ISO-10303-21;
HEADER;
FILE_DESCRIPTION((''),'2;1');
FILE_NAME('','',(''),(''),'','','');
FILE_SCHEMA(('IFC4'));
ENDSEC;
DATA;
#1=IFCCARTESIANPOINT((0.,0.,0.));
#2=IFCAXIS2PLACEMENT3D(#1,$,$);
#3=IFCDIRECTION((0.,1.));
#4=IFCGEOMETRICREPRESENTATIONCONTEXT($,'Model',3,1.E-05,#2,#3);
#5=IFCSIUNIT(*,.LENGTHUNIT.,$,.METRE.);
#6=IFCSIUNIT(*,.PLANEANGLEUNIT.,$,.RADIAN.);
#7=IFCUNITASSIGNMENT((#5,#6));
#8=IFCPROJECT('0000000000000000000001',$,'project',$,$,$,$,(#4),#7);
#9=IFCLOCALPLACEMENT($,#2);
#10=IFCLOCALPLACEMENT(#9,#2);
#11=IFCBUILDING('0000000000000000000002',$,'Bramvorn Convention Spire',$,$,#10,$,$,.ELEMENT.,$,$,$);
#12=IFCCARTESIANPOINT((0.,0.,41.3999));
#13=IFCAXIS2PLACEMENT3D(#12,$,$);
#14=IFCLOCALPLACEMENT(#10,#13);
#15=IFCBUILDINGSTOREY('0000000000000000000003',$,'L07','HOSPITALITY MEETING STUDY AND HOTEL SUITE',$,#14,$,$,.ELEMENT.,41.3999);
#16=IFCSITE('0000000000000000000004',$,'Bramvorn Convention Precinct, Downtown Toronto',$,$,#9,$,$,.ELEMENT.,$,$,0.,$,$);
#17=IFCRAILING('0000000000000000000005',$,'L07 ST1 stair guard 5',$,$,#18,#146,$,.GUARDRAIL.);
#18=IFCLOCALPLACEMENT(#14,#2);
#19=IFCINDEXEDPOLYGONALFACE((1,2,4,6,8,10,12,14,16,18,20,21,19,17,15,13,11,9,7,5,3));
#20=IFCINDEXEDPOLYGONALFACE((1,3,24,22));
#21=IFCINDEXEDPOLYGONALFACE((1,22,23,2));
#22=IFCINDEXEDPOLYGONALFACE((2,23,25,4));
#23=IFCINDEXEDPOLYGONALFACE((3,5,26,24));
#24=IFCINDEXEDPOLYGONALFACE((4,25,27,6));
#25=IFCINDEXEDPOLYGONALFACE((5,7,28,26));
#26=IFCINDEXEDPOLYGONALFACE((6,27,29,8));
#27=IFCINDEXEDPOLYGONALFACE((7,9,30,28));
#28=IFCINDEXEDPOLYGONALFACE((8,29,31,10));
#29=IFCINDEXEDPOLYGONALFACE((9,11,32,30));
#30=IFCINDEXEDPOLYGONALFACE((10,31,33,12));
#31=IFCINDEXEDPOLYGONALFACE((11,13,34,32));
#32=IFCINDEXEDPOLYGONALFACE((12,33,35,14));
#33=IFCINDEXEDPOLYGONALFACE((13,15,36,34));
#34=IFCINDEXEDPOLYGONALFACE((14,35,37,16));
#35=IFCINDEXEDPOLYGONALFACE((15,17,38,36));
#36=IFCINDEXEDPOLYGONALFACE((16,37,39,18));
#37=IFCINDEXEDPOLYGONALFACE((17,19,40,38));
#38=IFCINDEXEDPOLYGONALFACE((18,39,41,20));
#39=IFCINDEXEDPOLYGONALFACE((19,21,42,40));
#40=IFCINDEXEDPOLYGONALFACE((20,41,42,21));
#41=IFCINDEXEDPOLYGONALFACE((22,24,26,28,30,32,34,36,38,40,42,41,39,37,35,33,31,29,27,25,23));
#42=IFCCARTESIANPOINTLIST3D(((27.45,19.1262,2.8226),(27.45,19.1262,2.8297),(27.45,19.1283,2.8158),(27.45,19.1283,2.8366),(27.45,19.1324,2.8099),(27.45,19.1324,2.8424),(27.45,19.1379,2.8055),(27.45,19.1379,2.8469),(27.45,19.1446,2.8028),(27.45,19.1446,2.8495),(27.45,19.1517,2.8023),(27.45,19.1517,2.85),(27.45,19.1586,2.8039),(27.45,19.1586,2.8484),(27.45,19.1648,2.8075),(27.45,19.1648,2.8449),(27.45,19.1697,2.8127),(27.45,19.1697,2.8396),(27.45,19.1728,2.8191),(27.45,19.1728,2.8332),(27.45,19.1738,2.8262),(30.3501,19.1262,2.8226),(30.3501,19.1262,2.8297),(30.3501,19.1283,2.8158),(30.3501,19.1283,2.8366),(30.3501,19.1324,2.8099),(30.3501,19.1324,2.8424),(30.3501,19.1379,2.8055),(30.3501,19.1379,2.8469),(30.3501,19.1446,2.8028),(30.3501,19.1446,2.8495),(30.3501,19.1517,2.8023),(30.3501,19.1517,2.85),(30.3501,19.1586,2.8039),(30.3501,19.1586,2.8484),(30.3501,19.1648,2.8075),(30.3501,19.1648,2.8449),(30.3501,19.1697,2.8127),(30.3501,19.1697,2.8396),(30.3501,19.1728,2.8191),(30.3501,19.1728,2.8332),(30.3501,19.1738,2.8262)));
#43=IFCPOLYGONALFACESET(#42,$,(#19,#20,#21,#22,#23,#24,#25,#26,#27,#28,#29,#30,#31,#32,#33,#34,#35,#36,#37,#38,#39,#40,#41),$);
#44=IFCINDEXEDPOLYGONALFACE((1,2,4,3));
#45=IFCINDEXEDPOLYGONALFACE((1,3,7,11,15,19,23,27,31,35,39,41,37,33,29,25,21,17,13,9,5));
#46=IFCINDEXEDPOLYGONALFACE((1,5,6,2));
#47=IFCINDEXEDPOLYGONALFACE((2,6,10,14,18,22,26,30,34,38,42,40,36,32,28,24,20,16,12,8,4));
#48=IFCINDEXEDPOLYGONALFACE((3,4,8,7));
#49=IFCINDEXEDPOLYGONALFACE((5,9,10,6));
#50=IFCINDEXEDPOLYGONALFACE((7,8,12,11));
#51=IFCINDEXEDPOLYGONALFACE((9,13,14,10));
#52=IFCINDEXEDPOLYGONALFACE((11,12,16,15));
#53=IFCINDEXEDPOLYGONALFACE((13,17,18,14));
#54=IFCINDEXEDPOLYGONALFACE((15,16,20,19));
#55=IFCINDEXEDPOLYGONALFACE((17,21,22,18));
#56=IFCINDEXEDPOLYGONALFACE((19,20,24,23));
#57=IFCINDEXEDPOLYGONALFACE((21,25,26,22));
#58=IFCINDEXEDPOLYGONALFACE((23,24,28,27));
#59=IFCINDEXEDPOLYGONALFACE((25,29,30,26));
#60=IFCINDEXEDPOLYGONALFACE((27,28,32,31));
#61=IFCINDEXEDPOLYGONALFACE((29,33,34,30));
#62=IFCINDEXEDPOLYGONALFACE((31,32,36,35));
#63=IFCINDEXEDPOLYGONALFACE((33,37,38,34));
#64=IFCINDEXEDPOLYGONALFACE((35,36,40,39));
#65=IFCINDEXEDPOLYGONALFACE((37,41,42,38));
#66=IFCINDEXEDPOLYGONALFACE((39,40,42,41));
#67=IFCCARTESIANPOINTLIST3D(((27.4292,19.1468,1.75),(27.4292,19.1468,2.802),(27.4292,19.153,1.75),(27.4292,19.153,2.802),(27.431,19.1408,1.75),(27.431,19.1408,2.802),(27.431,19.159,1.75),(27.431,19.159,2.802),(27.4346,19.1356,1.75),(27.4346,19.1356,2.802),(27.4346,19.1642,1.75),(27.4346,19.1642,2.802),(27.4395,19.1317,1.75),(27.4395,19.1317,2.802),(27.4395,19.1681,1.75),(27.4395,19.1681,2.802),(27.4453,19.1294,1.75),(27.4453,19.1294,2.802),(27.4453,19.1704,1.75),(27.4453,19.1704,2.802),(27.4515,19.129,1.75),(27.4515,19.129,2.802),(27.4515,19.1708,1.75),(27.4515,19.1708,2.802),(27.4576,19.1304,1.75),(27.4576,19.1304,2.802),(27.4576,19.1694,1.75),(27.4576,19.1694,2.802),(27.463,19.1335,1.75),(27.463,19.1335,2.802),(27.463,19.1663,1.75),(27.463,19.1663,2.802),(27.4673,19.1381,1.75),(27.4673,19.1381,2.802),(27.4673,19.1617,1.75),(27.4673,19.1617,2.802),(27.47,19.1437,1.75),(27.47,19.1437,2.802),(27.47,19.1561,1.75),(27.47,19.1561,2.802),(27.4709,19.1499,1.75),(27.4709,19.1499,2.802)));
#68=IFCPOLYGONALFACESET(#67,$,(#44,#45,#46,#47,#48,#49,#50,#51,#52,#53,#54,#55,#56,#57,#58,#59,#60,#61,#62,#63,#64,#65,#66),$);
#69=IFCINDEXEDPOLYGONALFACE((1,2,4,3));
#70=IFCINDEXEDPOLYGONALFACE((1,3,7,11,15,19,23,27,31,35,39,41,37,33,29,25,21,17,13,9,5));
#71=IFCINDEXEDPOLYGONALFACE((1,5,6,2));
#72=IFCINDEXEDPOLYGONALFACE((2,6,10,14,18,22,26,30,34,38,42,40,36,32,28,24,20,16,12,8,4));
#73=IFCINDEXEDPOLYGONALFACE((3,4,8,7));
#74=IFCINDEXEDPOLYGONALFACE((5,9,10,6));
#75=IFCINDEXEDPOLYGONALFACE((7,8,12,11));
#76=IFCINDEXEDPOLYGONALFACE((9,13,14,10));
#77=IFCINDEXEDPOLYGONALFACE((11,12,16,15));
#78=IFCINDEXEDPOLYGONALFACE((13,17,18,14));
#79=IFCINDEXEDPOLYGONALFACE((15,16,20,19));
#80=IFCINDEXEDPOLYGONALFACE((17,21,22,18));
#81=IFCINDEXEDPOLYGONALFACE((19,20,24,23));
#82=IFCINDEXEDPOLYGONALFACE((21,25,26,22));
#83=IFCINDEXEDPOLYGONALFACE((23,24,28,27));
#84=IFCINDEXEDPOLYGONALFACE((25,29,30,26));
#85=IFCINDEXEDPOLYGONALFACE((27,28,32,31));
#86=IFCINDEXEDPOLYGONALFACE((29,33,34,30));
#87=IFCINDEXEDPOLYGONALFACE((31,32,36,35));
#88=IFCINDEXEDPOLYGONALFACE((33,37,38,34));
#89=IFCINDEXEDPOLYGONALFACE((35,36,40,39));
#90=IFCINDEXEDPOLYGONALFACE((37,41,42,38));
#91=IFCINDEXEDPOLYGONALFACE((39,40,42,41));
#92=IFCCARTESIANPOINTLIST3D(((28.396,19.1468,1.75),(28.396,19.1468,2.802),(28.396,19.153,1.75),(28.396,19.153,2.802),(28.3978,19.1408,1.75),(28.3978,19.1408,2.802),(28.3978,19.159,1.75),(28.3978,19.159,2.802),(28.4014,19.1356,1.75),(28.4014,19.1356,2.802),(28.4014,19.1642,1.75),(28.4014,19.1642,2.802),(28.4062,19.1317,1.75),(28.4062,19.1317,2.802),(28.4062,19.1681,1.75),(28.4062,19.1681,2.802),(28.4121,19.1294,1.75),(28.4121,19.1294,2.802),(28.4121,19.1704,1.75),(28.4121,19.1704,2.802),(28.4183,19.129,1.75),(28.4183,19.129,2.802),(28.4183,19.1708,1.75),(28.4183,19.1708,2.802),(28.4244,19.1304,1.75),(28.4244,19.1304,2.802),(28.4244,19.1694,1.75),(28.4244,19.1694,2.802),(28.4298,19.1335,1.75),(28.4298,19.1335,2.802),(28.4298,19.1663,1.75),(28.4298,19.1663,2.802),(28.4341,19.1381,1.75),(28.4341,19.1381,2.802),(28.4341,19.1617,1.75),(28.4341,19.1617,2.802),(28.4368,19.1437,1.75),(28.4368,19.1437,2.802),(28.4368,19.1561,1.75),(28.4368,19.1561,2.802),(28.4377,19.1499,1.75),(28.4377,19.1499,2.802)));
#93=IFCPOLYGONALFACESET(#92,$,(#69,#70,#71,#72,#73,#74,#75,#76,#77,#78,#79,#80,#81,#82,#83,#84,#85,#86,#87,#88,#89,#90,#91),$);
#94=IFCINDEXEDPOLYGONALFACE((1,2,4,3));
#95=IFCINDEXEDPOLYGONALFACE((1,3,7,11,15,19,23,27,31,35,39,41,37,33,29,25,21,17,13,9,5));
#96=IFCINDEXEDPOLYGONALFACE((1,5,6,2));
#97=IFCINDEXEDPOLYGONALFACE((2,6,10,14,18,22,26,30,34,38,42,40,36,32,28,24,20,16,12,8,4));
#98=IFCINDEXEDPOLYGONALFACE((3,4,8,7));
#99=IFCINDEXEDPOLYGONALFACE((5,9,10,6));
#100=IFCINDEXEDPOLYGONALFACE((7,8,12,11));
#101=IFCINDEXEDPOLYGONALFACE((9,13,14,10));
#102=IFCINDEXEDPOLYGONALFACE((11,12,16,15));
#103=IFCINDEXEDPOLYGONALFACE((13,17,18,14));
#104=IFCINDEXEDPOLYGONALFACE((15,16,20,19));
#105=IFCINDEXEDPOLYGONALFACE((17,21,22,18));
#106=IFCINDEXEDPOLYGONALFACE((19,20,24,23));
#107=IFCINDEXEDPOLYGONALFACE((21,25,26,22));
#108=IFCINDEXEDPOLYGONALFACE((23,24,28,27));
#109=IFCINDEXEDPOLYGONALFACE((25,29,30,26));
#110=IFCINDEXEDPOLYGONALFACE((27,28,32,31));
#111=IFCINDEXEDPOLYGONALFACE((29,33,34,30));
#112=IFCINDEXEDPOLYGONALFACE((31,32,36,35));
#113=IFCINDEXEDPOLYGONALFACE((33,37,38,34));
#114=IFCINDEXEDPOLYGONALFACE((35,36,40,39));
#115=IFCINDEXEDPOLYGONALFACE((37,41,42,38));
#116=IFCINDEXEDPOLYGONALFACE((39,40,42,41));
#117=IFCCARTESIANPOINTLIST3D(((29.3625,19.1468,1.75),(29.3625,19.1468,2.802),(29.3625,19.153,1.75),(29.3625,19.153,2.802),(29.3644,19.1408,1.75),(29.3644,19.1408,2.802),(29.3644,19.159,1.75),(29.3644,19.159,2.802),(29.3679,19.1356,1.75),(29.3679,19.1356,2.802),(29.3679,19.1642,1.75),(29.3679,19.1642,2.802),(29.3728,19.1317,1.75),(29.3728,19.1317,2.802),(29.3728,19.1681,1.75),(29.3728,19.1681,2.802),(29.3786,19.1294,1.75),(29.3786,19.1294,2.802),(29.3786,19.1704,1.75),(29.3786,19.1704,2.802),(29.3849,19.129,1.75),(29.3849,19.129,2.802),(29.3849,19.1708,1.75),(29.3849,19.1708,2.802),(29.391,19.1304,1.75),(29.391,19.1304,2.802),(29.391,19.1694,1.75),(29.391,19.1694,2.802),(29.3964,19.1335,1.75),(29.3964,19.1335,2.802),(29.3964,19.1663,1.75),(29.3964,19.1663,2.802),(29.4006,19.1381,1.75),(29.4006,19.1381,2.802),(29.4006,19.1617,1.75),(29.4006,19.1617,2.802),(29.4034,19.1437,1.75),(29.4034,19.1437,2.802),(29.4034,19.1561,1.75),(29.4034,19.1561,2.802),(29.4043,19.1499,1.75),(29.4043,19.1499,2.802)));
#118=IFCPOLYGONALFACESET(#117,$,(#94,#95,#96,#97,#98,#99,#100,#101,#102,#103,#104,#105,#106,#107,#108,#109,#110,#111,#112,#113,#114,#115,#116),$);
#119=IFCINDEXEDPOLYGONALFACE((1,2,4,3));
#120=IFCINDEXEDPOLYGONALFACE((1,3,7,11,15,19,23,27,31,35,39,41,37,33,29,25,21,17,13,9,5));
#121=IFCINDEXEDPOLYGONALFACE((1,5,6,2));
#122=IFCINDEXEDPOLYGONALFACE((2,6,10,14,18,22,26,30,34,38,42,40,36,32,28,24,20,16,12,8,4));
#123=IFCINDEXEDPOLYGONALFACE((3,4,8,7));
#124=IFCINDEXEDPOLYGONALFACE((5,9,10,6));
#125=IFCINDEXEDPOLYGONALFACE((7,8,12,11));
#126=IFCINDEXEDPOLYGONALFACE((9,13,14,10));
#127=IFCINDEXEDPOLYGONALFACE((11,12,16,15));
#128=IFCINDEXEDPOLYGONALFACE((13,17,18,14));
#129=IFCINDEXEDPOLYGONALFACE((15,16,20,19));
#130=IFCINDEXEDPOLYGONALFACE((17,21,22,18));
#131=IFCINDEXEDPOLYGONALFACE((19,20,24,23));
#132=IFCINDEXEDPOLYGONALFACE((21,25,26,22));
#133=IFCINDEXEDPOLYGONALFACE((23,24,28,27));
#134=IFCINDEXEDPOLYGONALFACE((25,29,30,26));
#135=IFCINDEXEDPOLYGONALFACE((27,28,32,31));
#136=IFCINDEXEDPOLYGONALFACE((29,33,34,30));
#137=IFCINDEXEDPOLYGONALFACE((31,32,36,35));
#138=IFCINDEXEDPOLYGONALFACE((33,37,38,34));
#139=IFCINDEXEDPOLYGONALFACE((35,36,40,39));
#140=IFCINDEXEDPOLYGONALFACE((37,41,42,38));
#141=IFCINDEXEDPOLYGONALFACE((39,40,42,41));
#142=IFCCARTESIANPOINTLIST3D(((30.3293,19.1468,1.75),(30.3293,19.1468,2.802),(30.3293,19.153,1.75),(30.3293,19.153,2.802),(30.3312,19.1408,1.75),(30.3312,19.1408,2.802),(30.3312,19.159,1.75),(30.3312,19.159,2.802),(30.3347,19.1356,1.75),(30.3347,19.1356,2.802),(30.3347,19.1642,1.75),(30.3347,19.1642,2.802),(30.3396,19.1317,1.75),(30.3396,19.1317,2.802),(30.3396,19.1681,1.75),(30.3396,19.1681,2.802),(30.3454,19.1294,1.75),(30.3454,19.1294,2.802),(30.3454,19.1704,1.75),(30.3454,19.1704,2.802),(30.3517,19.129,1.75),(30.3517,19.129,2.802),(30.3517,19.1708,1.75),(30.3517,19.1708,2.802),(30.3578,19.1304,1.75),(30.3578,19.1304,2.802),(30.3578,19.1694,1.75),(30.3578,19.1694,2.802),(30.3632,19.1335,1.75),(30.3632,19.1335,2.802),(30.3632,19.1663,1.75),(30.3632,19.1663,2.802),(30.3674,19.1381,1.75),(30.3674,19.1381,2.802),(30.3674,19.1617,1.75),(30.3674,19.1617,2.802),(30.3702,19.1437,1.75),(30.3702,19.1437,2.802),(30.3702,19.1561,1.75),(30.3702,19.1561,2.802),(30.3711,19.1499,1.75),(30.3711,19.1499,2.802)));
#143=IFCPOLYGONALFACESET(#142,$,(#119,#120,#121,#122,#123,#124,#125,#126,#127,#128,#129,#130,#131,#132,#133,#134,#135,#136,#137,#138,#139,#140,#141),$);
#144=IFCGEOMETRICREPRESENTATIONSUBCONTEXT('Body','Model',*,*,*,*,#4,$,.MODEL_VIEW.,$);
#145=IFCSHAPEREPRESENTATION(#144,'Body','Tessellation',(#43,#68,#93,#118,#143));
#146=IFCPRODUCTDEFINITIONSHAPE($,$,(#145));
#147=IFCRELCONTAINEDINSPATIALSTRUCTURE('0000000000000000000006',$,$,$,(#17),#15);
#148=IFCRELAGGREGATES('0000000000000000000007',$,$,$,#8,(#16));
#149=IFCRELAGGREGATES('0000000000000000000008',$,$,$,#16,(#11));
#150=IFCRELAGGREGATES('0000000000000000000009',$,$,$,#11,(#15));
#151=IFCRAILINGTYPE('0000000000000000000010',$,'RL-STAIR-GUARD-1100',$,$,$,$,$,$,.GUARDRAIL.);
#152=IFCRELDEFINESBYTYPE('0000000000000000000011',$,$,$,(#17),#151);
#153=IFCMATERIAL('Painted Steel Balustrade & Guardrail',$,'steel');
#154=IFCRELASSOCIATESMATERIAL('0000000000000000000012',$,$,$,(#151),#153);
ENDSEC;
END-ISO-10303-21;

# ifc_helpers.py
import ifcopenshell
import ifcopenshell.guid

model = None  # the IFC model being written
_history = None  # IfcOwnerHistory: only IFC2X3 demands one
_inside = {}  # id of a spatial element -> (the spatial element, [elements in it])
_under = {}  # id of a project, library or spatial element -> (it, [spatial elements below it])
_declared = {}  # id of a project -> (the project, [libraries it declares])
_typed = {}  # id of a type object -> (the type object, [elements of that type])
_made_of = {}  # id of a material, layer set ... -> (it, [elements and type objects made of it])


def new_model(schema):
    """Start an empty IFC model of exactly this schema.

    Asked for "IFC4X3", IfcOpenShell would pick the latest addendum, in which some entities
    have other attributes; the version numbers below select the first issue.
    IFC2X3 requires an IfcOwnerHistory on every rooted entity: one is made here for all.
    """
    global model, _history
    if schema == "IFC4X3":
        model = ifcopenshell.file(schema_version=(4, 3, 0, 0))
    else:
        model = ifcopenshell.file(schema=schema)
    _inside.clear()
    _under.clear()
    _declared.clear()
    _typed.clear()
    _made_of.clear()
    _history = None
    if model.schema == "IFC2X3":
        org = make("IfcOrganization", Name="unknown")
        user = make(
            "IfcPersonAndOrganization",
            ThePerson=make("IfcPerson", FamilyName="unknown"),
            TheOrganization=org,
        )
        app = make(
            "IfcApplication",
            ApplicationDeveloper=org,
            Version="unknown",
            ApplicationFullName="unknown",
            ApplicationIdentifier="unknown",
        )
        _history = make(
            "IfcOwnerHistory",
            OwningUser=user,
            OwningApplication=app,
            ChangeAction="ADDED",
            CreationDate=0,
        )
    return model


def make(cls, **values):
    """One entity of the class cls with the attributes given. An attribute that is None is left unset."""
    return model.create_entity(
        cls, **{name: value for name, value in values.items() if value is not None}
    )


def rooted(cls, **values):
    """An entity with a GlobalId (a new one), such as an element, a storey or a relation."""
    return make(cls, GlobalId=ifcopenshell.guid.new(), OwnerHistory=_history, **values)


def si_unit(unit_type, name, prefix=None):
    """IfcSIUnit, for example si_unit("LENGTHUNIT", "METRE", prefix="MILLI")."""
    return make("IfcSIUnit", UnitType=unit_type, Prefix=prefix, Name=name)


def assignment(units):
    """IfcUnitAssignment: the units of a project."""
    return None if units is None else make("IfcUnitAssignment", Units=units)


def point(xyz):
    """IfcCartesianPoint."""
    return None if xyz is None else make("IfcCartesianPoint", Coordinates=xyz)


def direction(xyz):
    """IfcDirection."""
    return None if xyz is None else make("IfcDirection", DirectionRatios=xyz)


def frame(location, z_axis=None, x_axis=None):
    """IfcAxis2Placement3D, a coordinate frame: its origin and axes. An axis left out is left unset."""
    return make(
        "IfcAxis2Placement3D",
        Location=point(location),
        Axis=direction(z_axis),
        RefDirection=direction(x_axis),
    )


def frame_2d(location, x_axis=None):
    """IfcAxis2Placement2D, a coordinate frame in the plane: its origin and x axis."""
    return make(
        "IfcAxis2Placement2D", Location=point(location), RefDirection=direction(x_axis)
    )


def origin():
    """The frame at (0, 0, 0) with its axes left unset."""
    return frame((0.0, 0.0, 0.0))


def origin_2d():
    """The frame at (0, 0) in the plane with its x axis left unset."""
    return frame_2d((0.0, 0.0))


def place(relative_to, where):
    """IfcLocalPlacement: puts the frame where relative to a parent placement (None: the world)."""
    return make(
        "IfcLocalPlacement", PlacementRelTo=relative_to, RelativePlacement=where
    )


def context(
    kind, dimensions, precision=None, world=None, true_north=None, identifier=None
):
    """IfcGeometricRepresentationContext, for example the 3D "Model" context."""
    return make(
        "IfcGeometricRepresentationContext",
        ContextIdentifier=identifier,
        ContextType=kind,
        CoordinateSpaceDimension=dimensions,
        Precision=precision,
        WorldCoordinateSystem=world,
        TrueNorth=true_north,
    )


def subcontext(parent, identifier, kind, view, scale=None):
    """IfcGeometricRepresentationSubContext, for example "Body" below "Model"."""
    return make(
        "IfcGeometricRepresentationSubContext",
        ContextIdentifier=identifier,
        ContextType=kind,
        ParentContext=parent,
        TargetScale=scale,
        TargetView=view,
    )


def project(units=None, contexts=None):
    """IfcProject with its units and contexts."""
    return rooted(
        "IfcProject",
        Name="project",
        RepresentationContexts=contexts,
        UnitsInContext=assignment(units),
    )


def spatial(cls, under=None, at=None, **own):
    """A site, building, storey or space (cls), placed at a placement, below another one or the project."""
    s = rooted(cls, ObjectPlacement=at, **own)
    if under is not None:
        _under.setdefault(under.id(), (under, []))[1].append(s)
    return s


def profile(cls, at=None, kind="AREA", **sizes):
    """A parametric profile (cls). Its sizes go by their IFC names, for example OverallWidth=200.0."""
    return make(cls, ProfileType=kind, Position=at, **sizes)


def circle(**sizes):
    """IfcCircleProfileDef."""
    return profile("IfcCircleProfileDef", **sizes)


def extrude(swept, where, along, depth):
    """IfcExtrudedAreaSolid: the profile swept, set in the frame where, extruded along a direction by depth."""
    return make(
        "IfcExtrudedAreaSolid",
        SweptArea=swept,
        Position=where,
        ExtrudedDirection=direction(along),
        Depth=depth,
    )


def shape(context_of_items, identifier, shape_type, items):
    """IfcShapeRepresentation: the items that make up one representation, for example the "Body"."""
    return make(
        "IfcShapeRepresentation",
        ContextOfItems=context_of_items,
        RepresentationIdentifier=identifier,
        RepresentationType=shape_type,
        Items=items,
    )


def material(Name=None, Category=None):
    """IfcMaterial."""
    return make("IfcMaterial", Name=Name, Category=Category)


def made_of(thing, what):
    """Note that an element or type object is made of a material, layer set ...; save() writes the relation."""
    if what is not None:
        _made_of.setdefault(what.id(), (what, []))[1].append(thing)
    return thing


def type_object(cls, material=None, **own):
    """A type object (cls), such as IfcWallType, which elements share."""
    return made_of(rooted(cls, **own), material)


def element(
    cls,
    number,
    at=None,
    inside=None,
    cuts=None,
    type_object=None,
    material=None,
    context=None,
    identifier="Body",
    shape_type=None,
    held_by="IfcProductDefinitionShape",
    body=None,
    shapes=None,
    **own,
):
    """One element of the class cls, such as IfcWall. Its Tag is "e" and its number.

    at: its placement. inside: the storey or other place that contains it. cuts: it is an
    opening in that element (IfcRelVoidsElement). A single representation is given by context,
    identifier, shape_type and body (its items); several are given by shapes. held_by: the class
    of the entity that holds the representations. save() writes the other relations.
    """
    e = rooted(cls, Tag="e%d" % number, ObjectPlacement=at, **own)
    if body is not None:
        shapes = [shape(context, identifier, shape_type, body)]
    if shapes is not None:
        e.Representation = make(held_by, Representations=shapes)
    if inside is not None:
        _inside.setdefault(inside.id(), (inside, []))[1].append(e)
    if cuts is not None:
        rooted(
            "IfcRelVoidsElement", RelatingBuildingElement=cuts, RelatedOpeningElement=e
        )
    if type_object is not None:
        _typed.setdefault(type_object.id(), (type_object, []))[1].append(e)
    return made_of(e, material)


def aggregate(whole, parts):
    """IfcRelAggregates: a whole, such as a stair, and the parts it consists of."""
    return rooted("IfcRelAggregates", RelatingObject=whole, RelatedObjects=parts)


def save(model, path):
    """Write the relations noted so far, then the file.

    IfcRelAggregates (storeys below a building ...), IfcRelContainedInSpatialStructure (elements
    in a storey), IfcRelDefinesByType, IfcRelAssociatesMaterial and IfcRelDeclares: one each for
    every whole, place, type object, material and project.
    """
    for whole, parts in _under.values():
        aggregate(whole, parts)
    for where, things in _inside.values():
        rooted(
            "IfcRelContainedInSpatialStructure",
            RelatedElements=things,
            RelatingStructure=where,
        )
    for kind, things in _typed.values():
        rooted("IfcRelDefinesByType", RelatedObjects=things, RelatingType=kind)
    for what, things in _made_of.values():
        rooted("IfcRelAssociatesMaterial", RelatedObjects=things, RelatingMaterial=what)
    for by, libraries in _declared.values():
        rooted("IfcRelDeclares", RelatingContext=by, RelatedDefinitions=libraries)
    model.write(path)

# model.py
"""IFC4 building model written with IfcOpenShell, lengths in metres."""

from ifc_helpers import new_model, si_unit, direction, frame, origin, origin_2d, place, context, subcontext, project, spatial, circle, extrude, material, type_object, element, save


model = new_model("IFC4")

# Units and contexts
model_context = context("Model", 3, precision=1e-05, world=origin(), true_north=direction((0.0, 1.0)))
body_context = subcontext(model_context, "Body", "Model", "MODEL_VIEW")
ifc_project = project(units=[si_unit("LENGTHUNIT", "METRE"), si_unit("PLANEANGLEUNIT", "RADIAN")], contexts=[model_context])

# Site, building, storey
site_placement = place(None, origin())
site = spatial("IfcSite", under=ifc_project, at=site_placement, Name="Bramvorn Convention Precinct, Downtown Toronto", CompositionType="ELEMENT", RefElevation=0.0)
building_placement = place(site_placement, origin())
building = spatial("IfcBuilding", under=site, at=building_placement, Name="Bramvorn Convention Spire", CompositionType="ELEMENT")
storey_placement = place(building_placement, frame((0.0, 0.0, 41.3999)))
storey = spatial("IfcBuildingStorey", under=building, at=storey_placement, Name="L07", Description="HOSPITALITY MEETING STUDY AND HOTEL SUITE", CompositionType="ELEMENT", Elevation=41.3999)

# Railing
ifc_material_1 = material(Name="Painted Steel Balustrade & Guardrail", Category="steel")
railing_type_1 = type_object("IfcRailingType", Name="RL-STAIR-GUARD-1100", PredefinedType="GUARDRAIL", material=ifc_material_1)
railing_1_placement = place(storey_placement, frame((27.45, 19.1499, 1.75)))
element("IfcRailing", 1, at=railing_1_placement, inside=storey, type_object=railing_type_1, Name="L07 ST1 stair guard 5", PredefinedType="GUARDRAIL", context=body_context, shape_type="SweptSolid", body=[
    extrude(circle(Radius=0.0239, at=origin_2d()), frame((0.0, 0.0, 1.0762), z_axis=(1.0, 0.0, 0.0), x_axis=(0.0, 1.0, 0.0)), (0.0, 0.0, 1.0), 2.9001),
    extrude(circle(Radius=0.021, at=origin_2d()), origin(), (0.0, 0.0, 1.0), 1.052),
    extrude(circle(Radius=0.021, at=origin_2d()), frame((0.9668, 0.0, 0.0)), (0.0, 0.0, 1.0), 1.052),
    extrude(circle(Radius=0.021, at=origin_2d()), frame((1.9333, 0.0, 0.0)), (0.0, 0.0, 1.0), 1.052),
    extrude(circle(Radius=0.021, at=origin_2d()), frame((2.9001, 0.0, 0.0)), (0.0, 0.0, 1.0), 1.052),
])

save(model, "model.ifc")
